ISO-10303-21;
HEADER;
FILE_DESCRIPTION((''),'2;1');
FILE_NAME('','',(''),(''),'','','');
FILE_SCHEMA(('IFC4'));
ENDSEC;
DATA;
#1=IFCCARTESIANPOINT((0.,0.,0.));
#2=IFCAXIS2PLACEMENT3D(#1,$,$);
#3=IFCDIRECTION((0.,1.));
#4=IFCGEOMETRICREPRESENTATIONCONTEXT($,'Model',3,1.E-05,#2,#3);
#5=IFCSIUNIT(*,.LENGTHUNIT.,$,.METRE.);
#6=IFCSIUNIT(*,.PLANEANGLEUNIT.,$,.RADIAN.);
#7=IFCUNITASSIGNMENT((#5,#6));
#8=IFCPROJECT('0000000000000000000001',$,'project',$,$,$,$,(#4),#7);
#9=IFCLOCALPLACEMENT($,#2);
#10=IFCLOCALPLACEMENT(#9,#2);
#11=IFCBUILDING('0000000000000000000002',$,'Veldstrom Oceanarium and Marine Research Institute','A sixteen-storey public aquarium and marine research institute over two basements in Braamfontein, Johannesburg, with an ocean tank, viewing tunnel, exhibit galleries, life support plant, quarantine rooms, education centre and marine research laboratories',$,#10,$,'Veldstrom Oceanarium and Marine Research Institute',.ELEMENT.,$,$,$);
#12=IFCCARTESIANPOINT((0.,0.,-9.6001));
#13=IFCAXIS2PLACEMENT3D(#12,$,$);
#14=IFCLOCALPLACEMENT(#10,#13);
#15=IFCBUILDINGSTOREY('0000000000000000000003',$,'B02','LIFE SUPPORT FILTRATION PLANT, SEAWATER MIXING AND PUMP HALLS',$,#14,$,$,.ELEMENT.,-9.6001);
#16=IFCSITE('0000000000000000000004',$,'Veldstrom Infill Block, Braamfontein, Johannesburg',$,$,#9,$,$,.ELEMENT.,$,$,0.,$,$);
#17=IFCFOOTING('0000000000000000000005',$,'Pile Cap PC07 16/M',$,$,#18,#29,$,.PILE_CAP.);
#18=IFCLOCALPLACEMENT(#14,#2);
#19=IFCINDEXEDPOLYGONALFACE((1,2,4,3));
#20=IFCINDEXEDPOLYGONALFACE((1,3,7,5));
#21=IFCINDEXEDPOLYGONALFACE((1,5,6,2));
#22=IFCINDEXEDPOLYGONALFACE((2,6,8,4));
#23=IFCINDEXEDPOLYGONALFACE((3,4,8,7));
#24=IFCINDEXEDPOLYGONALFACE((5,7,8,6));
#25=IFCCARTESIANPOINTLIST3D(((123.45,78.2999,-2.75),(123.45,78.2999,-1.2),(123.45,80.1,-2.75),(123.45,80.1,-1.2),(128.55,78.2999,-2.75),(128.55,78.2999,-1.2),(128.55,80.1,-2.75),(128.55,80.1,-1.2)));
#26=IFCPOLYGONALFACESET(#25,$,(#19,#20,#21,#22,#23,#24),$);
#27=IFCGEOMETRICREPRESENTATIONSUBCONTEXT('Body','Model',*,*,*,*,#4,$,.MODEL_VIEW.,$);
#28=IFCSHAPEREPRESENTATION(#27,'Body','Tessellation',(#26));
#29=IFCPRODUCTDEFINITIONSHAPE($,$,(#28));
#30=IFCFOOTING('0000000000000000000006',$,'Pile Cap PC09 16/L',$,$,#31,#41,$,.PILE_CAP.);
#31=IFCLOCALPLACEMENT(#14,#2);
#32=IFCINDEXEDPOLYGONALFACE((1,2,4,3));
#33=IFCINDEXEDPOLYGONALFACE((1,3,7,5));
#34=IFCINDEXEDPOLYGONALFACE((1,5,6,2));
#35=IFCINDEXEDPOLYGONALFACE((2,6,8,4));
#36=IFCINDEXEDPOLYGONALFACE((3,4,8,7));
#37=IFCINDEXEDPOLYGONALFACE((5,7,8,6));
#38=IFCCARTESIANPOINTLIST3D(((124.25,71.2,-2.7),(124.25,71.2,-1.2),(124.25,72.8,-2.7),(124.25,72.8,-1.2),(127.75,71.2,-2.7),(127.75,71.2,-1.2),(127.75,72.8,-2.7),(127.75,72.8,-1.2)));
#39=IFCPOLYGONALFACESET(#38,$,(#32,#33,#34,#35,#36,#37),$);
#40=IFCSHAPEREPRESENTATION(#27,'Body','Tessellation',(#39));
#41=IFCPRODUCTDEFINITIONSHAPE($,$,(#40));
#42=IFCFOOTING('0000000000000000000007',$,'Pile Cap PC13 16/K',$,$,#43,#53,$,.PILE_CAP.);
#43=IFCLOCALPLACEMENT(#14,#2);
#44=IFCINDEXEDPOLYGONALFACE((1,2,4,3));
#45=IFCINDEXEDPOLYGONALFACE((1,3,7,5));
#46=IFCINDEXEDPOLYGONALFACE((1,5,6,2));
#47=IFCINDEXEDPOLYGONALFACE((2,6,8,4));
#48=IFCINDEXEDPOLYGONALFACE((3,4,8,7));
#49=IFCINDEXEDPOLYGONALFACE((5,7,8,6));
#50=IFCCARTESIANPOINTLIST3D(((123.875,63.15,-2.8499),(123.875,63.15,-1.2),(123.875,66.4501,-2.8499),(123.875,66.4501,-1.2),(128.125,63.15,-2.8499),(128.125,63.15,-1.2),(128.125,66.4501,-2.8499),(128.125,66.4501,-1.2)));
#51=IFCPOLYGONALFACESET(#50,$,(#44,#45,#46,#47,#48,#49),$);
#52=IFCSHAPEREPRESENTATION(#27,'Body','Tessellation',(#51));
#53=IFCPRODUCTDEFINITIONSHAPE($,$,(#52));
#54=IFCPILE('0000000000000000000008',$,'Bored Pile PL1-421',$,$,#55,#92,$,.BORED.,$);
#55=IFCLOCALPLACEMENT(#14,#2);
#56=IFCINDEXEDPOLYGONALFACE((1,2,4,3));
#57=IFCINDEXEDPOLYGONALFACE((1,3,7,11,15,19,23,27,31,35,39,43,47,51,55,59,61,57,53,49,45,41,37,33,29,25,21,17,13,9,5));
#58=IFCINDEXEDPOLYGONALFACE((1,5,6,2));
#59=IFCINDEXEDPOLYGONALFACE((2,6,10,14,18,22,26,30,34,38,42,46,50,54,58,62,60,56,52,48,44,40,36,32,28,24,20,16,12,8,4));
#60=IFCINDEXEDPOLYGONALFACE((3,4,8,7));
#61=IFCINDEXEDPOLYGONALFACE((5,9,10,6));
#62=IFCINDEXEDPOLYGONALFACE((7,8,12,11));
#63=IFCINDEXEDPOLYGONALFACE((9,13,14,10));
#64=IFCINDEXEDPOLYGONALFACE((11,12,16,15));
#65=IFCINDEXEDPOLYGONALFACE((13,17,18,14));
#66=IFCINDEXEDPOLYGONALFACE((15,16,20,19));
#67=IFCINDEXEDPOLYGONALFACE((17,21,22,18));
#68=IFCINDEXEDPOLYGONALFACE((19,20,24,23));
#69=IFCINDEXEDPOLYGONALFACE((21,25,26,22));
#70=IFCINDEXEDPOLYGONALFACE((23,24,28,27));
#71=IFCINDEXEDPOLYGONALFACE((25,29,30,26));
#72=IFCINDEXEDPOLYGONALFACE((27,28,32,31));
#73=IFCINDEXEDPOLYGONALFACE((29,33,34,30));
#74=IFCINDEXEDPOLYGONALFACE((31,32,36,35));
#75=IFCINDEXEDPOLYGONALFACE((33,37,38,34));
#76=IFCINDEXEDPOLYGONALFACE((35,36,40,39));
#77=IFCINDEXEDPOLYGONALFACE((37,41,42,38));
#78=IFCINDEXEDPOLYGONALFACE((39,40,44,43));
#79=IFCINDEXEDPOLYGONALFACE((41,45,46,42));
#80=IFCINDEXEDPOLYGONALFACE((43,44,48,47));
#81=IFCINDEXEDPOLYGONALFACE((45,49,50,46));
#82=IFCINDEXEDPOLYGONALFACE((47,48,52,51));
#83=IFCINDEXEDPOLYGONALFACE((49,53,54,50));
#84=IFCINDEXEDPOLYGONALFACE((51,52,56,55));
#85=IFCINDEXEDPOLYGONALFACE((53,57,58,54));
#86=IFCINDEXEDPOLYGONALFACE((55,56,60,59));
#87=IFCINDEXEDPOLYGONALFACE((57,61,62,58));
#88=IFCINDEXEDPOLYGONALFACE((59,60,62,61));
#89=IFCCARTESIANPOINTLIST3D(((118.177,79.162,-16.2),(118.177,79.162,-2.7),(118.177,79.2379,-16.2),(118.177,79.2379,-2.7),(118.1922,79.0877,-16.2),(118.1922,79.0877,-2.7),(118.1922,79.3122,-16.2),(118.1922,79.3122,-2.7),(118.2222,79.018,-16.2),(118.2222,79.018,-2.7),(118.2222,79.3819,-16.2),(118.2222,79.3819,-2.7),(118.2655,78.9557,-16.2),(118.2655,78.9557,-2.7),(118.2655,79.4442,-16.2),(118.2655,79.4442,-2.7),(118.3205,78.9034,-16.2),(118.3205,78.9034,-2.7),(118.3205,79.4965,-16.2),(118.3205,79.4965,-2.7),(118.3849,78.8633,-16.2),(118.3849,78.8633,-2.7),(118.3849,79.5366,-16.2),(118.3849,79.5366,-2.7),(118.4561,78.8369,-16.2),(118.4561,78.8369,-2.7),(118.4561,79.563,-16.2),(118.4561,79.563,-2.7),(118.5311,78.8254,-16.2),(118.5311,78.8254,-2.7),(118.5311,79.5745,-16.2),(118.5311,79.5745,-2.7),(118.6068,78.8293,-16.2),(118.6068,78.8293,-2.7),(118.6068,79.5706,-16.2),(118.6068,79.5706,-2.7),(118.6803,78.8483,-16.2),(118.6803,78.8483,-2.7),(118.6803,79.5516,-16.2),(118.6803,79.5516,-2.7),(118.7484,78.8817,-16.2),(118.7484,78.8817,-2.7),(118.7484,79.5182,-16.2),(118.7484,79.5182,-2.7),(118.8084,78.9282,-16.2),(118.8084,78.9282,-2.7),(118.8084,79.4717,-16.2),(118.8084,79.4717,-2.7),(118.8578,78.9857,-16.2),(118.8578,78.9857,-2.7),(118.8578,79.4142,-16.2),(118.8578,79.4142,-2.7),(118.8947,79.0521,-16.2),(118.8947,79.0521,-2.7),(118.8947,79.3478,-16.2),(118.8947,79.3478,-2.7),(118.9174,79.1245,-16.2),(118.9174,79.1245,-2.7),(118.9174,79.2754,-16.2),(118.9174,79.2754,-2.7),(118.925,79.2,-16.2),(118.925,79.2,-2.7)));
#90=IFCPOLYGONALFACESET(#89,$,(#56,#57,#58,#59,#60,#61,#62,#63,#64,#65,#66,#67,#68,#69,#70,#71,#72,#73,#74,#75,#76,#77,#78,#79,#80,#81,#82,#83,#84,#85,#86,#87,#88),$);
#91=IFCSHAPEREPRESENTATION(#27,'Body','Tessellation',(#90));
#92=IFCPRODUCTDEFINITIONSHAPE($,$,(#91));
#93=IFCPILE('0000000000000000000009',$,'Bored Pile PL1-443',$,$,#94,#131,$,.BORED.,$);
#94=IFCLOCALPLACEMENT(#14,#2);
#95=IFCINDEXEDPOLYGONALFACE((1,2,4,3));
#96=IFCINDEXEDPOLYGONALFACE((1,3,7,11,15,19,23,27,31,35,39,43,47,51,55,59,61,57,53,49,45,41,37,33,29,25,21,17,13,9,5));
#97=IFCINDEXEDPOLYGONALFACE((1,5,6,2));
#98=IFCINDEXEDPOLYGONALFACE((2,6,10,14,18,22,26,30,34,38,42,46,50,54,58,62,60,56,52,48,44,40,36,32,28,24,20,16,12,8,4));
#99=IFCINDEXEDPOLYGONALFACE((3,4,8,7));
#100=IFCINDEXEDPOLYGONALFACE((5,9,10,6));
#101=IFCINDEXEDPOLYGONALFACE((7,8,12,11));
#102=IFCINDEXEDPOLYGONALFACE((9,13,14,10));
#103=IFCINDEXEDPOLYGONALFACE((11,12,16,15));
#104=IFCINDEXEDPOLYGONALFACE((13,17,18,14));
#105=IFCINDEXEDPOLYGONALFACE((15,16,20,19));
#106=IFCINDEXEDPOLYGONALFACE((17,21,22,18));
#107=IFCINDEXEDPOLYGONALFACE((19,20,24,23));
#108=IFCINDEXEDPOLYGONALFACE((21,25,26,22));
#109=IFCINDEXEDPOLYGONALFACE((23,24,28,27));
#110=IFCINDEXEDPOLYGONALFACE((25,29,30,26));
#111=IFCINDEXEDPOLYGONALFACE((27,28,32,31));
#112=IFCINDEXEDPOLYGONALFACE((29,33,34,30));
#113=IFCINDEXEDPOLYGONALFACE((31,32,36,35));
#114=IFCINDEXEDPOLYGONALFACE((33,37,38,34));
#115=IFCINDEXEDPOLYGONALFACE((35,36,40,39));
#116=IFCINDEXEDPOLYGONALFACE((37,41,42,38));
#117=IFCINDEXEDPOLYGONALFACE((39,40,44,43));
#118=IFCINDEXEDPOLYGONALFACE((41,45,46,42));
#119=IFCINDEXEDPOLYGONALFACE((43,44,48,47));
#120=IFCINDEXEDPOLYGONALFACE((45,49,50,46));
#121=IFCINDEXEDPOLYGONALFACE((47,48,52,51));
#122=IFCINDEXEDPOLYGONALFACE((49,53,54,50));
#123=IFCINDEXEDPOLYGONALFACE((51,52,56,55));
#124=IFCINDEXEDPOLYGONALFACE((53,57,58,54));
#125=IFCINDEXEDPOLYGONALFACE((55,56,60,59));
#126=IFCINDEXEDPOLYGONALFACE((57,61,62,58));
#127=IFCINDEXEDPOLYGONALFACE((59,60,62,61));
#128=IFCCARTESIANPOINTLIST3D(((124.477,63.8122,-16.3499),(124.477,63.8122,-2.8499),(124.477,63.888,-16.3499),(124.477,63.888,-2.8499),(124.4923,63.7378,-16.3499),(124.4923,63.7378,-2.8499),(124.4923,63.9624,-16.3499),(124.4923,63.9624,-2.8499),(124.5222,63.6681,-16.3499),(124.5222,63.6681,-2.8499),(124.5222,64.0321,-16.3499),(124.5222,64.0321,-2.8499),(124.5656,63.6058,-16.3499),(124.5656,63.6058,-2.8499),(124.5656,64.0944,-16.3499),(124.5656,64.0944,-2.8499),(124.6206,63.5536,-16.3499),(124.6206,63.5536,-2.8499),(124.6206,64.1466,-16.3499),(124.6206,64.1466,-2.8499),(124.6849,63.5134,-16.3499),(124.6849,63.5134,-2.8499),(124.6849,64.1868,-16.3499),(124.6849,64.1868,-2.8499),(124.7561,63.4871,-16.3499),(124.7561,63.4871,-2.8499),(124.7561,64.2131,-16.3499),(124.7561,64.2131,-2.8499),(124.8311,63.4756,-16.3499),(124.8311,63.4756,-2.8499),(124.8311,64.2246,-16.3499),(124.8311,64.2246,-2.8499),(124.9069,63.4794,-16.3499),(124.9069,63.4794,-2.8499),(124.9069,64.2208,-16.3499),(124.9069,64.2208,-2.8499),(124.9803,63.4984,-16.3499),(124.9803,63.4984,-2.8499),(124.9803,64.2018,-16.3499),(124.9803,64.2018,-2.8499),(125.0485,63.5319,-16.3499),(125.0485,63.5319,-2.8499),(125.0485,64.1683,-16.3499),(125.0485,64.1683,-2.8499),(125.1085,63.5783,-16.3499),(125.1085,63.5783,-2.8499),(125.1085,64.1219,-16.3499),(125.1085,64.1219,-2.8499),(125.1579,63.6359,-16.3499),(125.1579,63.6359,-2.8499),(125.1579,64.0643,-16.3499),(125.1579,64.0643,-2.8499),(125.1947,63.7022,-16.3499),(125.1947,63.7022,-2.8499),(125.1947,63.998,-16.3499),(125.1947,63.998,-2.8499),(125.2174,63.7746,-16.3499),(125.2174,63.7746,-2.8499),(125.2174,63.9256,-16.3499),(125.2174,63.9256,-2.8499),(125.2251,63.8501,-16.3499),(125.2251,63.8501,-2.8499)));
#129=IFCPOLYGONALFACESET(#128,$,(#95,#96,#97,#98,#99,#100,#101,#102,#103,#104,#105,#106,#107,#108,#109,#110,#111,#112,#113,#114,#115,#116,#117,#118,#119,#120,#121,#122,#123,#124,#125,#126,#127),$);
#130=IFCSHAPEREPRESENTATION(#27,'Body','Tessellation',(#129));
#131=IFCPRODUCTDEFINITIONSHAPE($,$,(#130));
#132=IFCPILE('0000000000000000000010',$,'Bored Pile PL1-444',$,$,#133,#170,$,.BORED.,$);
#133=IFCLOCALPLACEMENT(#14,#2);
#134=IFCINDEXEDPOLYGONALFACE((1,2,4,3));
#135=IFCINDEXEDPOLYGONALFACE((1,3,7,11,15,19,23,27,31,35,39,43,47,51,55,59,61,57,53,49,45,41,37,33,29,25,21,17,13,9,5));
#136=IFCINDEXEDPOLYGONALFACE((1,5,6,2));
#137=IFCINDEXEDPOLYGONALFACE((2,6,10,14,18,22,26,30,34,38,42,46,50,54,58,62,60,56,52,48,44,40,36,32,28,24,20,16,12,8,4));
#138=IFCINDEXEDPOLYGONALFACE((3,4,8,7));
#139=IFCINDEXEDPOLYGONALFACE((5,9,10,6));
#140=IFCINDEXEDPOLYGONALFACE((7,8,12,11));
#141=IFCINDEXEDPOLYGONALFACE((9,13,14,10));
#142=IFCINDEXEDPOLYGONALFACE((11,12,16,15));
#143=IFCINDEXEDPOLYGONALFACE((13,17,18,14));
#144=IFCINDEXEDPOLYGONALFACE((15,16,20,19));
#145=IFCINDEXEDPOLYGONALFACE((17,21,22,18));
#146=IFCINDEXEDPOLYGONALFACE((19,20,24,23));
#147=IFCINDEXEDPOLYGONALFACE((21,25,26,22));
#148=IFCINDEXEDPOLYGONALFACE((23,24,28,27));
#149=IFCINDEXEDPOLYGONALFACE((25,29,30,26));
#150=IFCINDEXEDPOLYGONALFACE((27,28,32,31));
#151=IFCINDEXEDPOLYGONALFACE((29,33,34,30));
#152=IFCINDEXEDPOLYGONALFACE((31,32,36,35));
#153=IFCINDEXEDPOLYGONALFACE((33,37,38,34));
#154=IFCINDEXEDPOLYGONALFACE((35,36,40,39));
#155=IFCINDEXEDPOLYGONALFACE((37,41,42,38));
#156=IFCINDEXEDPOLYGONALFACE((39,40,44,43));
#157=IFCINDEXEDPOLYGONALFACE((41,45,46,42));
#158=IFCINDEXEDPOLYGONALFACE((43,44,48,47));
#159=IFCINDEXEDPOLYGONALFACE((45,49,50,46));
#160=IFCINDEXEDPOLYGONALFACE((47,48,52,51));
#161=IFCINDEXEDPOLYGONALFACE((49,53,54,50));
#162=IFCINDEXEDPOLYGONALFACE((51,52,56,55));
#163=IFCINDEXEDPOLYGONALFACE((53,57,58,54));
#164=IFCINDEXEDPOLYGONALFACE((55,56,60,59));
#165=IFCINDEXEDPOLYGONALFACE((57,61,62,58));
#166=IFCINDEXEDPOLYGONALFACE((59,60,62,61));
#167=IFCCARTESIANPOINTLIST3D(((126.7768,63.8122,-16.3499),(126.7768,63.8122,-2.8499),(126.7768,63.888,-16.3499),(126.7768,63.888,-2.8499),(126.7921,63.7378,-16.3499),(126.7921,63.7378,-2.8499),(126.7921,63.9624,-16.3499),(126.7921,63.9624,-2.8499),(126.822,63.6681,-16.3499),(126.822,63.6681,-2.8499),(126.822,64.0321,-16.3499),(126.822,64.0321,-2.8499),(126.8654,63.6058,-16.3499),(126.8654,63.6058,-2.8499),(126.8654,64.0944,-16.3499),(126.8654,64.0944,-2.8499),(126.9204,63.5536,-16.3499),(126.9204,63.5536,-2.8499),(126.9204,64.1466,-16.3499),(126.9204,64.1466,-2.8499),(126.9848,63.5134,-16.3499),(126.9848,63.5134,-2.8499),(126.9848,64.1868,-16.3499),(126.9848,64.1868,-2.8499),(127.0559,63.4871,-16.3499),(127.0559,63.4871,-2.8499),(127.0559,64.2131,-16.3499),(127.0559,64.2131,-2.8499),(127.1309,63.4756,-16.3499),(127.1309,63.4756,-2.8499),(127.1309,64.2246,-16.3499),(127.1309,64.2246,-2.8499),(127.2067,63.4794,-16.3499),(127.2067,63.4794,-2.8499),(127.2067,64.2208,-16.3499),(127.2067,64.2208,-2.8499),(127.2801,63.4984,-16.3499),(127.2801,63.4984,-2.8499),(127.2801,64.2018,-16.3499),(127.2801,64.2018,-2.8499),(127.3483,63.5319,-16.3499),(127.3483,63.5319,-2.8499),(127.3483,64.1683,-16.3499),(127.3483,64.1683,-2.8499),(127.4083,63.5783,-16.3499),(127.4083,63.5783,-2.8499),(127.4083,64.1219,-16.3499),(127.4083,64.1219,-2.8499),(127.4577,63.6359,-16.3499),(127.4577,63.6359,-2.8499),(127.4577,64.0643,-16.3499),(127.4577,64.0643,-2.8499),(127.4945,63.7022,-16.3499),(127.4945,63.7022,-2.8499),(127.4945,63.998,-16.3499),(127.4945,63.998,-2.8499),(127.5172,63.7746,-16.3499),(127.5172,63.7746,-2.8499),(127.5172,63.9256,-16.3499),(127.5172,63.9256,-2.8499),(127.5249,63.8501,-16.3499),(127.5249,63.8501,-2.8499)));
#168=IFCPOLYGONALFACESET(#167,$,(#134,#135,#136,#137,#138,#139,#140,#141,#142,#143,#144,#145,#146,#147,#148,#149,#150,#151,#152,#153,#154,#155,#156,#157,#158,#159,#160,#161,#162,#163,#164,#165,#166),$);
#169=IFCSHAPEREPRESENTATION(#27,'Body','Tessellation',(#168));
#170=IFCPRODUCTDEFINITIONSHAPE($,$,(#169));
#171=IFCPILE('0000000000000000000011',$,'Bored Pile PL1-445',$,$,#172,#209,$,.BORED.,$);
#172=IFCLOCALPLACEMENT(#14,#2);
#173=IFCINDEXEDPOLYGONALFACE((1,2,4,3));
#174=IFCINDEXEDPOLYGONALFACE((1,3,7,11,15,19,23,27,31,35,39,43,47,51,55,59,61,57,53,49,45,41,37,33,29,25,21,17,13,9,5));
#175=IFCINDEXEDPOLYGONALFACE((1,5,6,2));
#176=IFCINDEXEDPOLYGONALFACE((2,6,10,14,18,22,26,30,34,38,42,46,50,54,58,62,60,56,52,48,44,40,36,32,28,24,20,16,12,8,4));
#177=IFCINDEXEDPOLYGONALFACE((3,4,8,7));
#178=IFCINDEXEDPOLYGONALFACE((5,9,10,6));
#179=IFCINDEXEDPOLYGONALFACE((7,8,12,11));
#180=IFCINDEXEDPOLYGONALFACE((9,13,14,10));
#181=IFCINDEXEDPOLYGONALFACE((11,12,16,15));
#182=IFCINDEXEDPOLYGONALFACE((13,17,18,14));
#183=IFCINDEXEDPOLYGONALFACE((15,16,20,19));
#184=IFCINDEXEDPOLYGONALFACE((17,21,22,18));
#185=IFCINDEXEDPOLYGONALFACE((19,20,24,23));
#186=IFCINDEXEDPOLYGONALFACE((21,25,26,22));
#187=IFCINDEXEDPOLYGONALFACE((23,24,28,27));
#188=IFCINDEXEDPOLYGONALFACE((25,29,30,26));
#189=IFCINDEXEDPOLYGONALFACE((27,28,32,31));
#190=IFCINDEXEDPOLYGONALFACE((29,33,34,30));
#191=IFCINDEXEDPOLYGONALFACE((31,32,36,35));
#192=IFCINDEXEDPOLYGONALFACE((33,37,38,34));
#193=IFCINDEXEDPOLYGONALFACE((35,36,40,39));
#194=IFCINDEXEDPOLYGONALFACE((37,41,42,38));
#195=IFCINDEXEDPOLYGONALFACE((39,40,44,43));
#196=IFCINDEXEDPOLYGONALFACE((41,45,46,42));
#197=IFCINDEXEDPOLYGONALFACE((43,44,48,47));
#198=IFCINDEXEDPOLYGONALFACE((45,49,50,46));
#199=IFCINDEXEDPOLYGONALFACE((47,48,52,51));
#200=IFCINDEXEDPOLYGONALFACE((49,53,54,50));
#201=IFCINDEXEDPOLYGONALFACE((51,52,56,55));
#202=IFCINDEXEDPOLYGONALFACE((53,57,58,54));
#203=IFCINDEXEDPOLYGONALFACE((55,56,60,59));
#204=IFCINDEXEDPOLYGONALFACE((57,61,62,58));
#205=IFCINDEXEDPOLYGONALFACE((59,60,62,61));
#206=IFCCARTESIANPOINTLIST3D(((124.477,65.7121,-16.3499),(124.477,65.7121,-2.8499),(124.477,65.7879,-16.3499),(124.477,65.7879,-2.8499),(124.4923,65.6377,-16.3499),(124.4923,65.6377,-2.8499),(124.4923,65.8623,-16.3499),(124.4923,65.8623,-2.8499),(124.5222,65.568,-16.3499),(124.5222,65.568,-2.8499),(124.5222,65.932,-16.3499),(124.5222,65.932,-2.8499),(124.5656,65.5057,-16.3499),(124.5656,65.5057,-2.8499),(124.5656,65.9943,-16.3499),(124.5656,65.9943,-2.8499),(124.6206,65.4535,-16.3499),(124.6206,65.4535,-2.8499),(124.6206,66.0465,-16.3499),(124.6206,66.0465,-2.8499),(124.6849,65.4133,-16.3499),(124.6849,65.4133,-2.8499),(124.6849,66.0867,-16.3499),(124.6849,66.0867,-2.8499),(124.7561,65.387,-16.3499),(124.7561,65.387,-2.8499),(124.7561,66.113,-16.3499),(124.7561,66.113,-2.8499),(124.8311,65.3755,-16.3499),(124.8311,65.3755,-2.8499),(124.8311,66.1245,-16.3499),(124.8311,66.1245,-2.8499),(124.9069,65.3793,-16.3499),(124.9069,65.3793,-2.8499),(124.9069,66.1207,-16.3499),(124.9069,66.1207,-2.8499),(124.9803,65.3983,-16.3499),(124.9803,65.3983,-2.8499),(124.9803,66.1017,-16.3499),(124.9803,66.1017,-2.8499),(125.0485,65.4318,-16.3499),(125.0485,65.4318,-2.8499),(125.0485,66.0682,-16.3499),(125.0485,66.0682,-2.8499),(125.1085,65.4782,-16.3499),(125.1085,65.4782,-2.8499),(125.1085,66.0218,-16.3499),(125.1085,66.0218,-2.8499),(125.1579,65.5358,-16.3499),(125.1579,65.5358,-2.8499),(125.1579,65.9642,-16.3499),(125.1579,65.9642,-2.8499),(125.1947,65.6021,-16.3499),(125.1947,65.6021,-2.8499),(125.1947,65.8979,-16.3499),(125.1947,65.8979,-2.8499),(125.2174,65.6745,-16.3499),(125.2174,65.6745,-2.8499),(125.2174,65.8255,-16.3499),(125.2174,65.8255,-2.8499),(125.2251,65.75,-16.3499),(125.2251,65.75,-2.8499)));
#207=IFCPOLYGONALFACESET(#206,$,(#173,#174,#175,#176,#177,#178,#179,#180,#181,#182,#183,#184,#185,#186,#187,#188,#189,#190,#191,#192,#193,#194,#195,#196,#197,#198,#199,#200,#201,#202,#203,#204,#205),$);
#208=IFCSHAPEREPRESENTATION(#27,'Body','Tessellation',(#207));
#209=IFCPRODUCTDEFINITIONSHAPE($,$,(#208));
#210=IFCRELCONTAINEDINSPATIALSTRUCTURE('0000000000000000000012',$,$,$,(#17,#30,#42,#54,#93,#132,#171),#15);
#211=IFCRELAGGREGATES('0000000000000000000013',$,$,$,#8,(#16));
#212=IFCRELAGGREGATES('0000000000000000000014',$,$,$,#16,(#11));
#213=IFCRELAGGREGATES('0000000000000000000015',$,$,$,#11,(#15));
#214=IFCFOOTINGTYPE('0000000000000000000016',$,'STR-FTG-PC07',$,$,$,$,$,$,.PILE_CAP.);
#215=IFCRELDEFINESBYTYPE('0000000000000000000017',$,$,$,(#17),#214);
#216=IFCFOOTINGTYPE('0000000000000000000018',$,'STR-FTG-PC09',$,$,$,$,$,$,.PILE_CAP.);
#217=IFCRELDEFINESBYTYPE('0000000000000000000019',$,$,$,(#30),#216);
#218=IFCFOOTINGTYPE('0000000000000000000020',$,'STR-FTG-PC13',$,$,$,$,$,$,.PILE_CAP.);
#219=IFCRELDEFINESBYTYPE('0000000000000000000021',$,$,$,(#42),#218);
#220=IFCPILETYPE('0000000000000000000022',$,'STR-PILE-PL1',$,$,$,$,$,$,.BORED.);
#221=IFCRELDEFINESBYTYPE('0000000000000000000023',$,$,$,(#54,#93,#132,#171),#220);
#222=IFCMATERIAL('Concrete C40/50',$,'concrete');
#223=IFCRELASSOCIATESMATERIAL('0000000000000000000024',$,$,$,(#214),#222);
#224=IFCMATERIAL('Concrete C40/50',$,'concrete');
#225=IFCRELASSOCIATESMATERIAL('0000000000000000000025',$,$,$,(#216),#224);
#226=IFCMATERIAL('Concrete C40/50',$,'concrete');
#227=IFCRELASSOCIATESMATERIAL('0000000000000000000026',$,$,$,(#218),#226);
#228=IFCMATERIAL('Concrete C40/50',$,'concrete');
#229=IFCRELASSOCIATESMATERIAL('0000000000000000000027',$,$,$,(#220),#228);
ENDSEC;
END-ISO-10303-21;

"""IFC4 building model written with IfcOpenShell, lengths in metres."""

from ifc_helpers import new_model, si_unit, direction, frame, origin, origin_2d, place, context, subcontext, project, spatial, rectangle, circle, extrude, material, material_profile, profile_set, type_object, element, save


model = new_model("IFC4")

# Units and contexts
model_context = context("Model", 3, precision=1e-05, world=origin(), true_north=direction((0.0, 1.0)))
body_context = subcontext(model_context, "Body", "Model", "MODEL_VIEW")
ifc_project = project(units=[si_unit("LENGTHUNIT", "METRE"), si_unit("PLANEANGLEUNIT", "RADIAN")], contexts=[model_context])

# Site, building, storey
site_placement = place(None, origin())
site = spatial("IfcSite", under=ifc_project, at=site_placement, Name="Veldstrom Infill Block, Braamfontein, Johannesburg", CompositionType="ELEMENT", RefElevation=0.0)
building_placement = place(site_placement, origin())
building = spatial("IfcBuilding", under=site, at=building_placement, Name="Veldstrom Oceanarium and Marine Research Institute", Description="A sixteen-storey public aquarium and marine research institute over two basements in Braamfontein, Johannesburg, with an ocean tank, viewing tunnel, exhibit galleries, life support plant, quarantine rooms, education centre and marine research laboratories", LongName="Veldstrom Oceanarium and Marine Research Institute", CompositionType="ELEMENT")
storey_placement = place(building_placement, frame((0.0, 0.0, -9.6001)))
storey = spatial("IfcBuildingStorey", under=building, at=storey_placement, Name="B02", Description="LIFE SUPPORT FILTRATION PLANT, SEAWATER MIXING AND PUMP HALLS", CompositionType="ELEMENT", Elevation=-9.6001)

# Footings
ifc_material_1 = material(Name="Concrete C40/50", Category="concrete")
footing_type_1 = type_object("IfcFootingType", Name="STR-FTG-PC07", PredefinedType="PILE_CAP", material=ifc_material_1)
footing_1_placement = place(storey_placement, frame((126.0, 79.2, -2.75), z_axis=(0.0, 0.0, 1.0), x_axis=(1.0, 0.0, 0.0)))
element("IfcFooting", 1, at=footing_1_placement, inside=storey, type_object=footing_type_1, Name="Pile Cap PC07 16/M", PredefinedType="PILE_CAP", context=body_context, shape_type="SweptSolid", body=[
    extrude(rectangle(XDim=5.1001, YDim=1.8, at=origin_2d()), origin(), (0.0, 0.0, 1.0), 1.55),
])
ifc_material_2 = material(Name="Concrete C40/50", Category="concrete")
footing_type_2 = type_object("IfcFootingType", Name="STR-FTG-PC09", PredefinedType="PILE_CAP", material=ifc_material_2)
footing_2_placement = place(storey_placement, frame((126.0, 72.0, -2.7), z_axis=(0.0, 0.0, 1.0), x_axis=(1.0, 0.0, 0.0)))
element("IfcFooting", 2, at=footing_2_placement, inside=storey, type_object=footing_type_2, Name="Pile Cap PC09 16/L", PredefinedType="PILE_CAP", context=body_context, shape_type="SweptSolid", body=[
    extrude(rectangle(XDim=3.5, YDim=1.6001, at=origin_2d()), origin(), (0.0, 0.0, 1.0), 1.5),
])
ifc_material_3 = material(Name="Concrete C40/50", Category="concrete")
footing_type_3 = type_object("IfcFootingType", Name="STR-FTG-PC13", PredefinedType="PILE_CAP", material=ifc_material_3)
footing_3_placement = place(storey_placement, frame((126.0, 64.8, -2.8499), z_axis=(0.0, 0.0, 1.0), x_axis=(1.0, 0.0, 0.0)))
element("IfcFooting", 3, at=footing_3_placement, inside=storey, type_object=footing_type_3, Name="Pile Cap PC13 16/K", PredefinedType="PILE_CAP", context=body_context, shape_type="SweptSolid", body=[
    extrude(rectangle(XDim=4.25, YDim=3.3, at=origin_2d()), origin(), (0.0, 0.0, 1.0), 1.6499),
])

# Piles
ifc_material_4 = material(Name="Concrete C40/50", Category="concrete")
ifc_material_profile_1 = material_profile(ifc_material_4, circle(Radius=0.375, at=origin_2d()), Name="PILE-D750")
ifc_profile_set_1 = profile_set([ifc_material_profile_1], Name="Concrete C40/50")
pile_type_1 = type_object("IfcPileType", Name="STR-PILE-PL1", PredefinedType="BORED", material=ifc_profile_set_1)
for number, where, z_axis, x_axis, name in (
    (4, (118.55, 79.2, -2.7), (0.0, 0.0, -1.0), (1.0, 0.0, 0.0), "Bored Pile PL1-421"),
    (5, (124.8501, 63.8501, -2.8499), (0.0, 0.0, -1.0), (1.0, 0.0, 0.0), "Bored Pile PL1-443"),
    (6, (127.1499, 63.8501, -2.8499), (0.0, 0.0, -1.0), (1.0, 0.0, 0.0), "Bored Pile PL1-444"),
    (7, (124.8501, 65.75, -2.8499), (0.0, 0.0, -1.0), (1.0, 0.0, 0.0), "Bored Pile PL1-445"),
):
    element("IfcPile", number, at=place(storey_placement, frame(where, z_axis=z_axis, x_axis=x_axis)), inside=storey, type_object=pile_type_1, Name=name, PredefinedType="BORED", context=body_context, shape_type="SweptSolid", body=[
        extrude(circle(Radius=0.375, at=origin_2d()), origin(), (0.0, 0.0, 1.0), 13.5),
    ])

save(model, "model.ifc")
